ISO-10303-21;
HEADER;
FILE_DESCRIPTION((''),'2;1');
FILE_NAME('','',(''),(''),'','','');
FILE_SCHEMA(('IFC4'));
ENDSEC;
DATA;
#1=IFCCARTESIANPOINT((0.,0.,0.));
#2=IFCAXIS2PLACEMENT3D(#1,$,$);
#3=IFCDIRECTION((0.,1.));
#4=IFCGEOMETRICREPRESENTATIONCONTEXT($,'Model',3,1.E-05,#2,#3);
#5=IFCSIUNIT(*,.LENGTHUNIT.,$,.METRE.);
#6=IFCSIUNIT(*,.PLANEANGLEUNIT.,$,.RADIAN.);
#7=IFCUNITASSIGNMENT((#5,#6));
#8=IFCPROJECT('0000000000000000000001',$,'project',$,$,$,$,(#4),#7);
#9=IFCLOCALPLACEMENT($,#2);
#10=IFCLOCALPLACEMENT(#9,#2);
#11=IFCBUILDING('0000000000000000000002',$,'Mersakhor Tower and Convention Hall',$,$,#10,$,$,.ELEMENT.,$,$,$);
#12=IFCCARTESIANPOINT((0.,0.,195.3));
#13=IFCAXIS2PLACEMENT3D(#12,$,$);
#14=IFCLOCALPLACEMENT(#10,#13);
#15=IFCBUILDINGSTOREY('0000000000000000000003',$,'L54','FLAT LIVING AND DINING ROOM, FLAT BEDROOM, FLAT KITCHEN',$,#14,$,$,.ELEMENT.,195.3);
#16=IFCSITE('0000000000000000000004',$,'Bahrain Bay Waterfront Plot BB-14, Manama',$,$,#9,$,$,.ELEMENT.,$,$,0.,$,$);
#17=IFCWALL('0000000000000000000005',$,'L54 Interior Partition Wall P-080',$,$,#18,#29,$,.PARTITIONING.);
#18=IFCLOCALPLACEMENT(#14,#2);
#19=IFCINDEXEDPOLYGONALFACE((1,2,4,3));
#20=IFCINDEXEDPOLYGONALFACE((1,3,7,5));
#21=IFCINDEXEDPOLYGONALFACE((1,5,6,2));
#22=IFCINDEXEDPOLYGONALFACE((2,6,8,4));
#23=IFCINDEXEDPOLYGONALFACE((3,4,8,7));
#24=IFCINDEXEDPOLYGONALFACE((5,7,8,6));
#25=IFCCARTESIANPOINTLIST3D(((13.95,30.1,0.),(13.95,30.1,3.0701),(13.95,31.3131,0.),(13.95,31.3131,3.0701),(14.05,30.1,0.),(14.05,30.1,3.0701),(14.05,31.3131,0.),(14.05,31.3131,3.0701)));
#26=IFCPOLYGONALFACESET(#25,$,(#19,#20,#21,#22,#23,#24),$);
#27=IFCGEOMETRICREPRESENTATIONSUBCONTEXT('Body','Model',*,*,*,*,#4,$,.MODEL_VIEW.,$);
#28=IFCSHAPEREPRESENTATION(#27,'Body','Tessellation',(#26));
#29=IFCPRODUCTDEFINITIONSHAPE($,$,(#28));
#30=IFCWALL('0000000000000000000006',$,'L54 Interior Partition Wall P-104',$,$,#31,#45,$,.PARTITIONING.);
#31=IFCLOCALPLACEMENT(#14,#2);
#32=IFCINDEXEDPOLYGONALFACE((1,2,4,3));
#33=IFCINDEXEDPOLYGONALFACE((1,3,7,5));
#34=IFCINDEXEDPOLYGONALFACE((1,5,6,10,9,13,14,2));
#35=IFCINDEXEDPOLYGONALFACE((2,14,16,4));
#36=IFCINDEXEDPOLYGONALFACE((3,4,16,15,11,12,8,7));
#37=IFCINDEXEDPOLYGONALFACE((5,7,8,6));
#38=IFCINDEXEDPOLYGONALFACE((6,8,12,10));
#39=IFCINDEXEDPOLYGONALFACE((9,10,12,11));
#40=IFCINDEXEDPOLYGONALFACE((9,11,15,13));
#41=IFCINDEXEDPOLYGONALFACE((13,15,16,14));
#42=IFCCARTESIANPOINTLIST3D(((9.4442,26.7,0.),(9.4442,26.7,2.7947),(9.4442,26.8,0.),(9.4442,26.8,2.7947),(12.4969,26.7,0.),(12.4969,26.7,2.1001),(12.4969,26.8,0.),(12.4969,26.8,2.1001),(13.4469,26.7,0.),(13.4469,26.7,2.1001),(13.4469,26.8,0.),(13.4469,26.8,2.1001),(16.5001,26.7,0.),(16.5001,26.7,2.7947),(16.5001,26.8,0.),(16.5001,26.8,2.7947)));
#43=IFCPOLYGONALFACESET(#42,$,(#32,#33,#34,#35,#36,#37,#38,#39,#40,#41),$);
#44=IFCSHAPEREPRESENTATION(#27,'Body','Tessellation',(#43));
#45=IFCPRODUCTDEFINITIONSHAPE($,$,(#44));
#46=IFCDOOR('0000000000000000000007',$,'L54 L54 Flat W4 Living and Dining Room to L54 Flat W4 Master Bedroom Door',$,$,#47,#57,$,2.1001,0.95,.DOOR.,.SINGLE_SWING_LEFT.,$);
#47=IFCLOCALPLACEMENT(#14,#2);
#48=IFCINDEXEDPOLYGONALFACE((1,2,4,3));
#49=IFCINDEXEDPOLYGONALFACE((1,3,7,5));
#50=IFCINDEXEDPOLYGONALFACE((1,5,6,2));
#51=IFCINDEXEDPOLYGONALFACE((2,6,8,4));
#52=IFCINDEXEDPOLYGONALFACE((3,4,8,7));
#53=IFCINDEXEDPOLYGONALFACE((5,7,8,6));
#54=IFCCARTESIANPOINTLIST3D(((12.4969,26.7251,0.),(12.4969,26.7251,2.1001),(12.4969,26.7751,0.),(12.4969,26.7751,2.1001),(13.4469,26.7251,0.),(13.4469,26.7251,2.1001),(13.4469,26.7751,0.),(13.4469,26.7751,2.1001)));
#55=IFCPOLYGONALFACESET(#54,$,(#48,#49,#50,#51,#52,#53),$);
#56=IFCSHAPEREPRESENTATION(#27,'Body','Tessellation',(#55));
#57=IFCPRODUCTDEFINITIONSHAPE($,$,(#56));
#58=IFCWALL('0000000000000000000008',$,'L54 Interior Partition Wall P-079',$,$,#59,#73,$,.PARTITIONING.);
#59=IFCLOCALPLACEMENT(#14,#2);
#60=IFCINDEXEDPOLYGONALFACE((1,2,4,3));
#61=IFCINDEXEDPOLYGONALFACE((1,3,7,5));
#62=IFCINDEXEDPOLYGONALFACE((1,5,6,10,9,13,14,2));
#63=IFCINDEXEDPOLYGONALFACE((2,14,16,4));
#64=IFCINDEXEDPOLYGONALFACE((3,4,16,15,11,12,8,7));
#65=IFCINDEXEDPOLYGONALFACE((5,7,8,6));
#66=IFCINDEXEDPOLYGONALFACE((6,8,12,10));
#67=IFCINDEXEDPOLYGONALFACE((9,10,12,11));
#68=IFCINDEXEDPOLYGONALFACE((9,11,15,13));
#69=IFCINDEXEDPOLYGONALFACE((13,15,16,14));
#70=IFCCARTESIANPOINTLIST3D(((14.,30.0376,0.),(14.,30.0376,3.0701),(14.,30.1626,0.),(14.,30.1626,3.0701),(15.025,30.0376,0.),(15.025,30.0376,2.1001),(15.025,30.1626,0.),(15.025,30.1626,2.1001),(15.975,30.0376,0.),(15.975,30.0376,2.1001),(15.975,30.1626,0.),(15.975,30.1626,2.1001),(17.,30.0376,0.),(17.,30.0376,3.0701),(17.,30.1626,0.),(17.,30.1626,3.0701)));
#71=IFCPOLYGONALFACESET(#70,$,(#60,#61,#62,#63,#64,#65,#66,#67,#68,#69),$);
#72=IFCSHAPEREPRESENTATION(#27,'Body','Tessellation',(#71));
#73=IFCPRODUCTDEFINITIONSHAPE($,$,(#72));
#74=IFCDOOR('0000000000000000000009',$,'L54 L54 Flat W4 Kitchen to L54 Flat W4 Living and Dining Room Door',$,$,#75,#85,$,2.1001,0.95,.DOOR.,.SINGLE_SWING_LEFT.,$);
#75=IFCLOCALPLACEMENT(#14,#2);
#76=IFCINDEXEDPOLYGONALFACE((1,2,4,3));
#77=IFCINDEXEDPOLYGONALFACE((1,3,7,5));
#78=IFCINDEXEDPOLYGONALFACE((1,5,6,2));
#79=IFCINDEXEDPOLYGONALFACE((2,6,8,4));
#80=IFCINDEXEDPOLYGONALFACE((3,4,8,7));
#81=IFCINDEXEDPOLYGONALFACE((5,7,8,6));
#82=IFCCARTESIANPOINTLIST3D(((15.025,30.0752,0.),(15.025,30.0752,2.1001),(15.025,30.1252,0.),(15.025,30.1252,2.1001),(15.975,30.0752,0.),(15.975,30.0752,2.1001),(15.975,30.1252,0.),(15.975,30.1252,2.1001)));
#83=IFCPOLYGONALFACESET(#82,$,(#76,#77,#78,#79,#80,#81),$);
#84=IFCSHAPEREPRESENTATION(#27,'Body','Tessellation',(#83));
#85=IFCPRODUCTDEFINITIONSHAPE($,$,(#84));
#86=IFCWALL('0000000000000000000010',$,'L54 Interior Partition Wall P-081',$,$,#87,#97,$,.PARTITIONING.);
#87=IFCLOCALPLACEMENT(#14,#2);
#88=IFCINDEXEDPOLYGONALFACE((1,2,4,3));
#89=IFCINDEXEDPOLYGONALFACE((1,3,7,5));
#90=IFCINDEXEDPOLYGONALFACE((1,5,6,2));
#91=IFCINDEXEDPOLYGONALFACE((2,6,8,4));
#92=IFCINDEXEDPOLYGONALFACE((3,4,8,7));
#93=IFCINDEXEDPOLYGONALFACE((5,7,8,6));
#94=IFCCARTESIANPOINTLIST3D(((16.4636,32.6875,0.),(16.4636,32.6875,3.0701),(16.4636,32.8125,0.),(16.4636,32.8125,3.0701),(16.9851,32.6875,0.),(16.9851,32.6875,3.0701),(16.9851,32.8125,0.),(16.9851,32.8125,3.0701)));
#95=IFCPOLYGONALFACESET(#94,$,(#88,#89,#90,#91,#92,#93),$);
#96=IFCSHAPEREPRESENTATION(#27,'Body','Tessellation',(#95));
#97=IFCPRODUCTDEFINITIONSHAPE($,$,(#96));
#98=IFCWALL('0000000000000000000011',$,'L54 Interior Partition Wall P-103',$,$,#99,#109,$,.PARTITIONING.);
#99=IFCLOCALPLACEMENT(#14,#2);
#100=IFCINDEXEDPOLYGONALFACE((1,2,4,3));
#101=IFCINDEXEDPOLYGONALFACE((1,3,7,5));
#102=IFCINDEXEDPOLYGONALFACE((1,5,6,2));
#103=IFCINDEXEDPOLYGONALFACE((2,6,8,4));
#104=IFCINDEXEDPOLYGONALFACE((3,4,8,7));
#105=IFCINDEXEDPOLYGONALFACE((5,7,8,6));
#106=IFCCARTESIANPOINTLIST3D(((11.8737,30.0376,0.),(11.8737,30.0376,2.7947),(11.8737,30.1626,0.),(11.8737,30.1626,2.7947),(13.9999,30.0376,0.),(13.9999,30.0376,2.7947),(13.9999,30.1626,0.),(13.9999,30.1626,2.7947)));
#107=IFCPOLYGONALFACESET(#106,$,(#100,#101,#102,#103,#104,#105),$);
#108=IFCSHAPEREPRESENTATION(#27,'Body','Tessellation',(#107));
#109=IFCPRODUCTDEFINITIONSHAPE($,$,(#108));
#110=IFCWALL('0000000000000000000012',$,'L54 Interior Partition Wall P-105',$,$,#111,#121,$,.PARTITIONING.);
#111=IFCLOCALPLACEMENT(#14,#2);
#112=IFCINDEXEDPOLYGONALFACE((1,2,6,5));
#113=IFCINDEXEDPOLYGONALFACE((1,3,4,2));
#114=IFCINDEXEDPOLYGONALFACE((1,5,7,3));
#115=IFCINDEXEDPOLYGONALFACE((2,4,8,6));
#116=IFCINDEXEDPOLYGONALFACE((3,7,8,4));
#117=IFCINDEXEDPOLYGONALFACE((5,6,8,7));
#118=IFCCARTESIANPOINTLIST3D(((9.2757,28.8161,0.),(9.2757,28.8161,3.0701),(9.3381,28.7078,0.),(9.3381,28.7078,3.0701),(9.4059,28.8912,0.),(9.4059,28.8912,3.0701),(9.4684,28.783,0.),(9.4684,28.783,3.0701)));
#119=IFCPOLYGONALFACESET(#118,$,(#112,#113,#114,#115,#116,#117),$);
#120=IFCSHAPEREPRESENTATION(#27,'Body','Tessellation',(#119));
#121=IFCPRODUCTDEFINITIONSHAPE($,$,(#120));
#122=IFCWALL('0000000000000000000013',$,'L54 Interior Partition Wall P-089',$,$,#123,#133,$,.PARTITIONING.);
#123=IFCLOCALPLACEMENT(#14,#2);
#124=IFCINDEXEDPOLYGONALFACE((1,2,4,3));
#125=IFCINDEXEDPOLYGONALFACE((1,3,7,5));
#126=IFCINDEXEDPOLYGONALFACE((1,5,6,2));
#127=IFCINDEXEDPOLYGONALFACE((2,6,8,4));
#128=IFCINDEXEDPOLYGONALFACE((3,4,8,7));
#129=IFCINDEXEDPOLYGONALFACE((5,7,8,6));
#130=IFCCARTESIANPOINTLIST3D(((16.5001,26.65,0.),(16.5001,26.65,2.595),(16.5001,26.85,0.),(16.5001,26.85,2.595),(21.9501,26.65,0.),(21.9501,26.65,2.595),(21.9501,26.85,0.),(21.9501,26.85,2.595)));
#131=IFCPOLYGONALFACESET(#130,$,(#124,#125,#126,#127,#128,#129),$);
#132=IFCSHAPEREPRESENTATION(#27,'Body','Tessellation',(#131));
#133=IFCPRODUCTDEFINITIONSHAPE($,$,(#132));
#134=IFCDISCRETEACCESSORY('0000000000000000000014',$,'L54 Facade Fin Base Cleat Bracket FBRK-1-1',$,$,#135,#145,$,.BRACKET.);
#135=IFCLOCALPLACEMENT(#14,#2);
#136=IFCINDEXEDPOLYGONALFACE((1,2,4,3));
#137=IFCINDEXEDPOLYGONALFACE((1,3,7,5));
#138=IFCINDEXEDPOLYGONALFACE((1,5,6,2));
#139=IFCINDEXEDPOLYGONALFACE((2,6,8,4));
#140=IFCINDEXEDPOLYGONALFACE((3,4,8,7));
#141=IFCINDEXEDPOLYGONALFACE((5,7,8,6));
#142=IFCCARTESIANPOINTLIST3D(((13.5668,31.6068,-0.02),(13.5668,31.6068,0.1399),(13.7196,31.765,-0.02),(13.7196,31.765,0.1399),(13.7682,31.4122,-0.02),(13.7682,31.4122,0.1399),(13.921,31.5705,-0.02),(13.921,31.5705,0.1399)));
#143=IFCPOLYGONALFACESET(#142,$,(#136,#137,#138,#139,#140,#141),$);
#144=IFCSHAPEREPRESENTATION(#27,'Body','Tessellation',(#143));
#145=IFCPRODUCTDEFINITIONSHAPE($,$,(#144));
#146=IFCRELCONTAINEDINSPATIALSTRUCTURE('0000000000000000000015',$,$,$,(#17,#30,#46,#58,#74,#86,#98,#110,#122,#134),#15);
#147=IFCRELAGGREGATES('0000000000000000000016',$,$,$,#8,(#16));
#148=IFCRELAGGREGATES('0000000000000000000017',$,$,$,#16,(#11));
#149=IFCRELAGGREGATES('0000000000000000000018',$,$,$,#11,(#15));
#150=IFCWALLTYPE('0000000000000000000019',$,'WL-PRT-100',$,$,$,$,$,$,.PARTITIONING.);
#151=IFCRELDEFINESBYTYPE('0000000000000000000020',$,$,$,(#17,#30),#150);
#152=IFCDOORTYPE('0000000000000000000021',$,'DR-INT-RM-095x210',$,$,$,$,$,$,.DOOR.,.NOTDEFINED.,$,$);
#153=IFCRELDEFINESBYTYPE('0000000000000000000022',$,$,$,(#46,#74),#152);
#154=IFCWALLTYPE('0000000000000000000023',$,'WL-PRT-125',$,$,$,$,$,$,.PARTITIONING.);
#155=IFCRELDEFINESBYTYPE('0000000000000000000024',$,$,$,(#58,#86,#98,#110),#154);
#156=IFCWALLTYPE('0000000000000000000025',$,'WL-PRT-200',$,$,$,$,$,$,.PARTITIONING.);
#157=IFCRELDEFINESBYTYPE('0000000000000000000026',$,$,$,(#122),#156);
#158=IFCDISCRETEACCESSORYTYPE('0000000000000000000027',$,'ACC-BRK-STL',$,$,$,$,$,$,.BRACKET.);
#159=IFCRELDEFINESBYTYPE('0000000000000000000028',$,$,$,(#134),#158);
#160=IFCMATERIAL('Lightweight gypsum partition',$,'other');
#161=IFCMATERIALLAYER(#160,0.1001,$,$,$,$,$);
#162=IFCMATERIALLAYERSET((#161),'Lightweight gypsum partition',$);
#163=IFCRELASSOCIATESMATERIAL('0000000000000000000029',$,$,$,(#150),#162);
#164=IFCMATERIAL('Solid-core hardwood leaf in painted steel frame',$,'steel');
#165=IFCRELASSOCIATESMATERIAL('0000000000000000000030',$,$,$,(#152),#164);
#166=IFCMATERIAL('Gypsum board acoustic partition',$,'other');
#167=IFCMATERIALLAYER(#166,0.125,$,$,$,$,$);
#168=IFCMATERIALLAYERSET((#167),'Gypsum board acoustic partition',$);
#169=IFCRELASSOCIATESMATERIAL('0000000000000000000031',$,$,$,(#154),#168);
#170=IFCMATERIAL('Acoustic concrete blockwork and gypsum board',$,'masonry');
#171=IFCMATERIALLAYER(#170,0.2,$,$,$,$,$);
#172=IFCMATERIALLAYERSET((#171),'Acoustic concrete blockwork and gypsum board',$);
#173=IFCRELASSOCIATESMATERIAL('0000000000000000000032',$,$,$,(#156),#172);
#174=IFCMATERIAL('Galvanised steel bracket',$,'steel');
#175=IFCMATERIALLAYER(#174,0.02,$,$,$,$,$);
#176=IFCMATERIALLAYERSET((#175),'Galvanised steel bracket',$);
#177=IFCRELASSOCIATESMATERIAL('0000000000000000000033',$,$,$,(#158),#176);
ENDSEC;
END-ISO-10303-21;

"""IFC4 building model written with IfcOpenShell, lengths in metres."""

from ifc_helpers import new_model, si_unit, direction, frame, frame_2d, origin, origin_2d, place, context, subcontext, project, spatial, rectangle, extrude, material, layer, layer_set, type_object, element, fill, save


model = new_model("IFC4")

# Units and contexts
model_context = context("Model", 3, precision=1e-05, world=origin(), true_north=direction((0.0, 1.0)))
body_context = subcontext(model_context, "Body", "Model", "MODEL_VIEW")
ifc_project = project(units=[si_unit("LENGTHUNIT", "METRE"), si_unit("PLANEANGLEUNIT", "RADIAN")], contexts=[model_context])

# Site, building, storey
site_placement = place(None, origin())
site = spatial("IfcSite", under=ifc_project, at=site_placement, Name="Bahrain Bay Waterfront Plot BB-14, Manama", CompositionType="ELEMENT", RefElevation=0.0)
building_placement = place(site_placement, origin())
building = spatial("IfcBuilding", under=site, at=building_placement, Name="Mersakhor Tower and Convention Hall", CompositionType="ELEMENT")
storey_placement = place(building_placement, frame((0.0, 0.0, 195.3)))
storey = spatial("IfcBuildingStorey", under=building, at=storey_placement, Name="L54", Description="FLAT LIVING AND DINING ROOM, FLAT BEDROOM, FLAT KITCHEN", CompositionType="ELEMENT", Elevation=195.3)

# Wall
ifc_material_1 = material(Name="Lightweight gypsum partition", Category="other")
ifc_layer_1 = layer(ifc_material_1, 0.1001)
ifc_layer_set_1 = layer_set([ifc_layer_1], Name="Lightweight gypsum partition")
wall_type_1 = type_object("IfcWallType", Name="WL-PRT-100", PredefinedType="PARTITIONING", material=ifc_layer_set_1)
wall_1_placement = place(storey_placement, frame((14.0, 30.1001, 0.0), z_axis=(0.0, 0.0, 1.0), x_axis=(0.0, 1.0, 0.0)))
element("IfcWall", 1, at=wall_1_placement, inside=storey, type_object=wall_type_1, Name="L54 Interior Partition Wall P-080", PredefinedType="PARTITIONING", context=body_context, shape_type="SweptSolid", body=[
    extrude(rectangle(XDim=1.2131, YDim=0.1001, at=frame_2d((0.6064, 0.0))), origin(), (0.0, 0.0, 1.0), 3.0701),
])

# Walls, openings, doors
wall_2_placement = place(storey_placement, frame((16.5, 26.75, 0.0), z_axis=(0.0, 0.0, 1.0), x_axis=(-1.0, 0.0, 0.0)))
wall_2 = element("IfcWall", 2, at=wall_2_placement, inside=storey, type_object=wall_type_1, Name="L54 Interior Partition Wall P-104", PredefinedType="PARTITIONING", context=body_context, shape_type="SweptSolid", body=[
    extrude(rectangle(XDim=7.0559, YDim=0.1001, at=frame_2d((3.5278, 0.0))), origin(), (0.0, 0.0, 1.0), 2.7947),
])
opening_1_placement = place(wall_2_placement, frame((3.053, 0.0, 0.0)))
opening_1 = element("IfcOpeningElement", 3, at=opening_1_placement, cuts=wall_2, PredefinedType="OPENING", context=body_context, shape_type="SweptSolid", body=[
    extrude(rectangle(XDim=0.95, YDim=2.1001, at=frame_2d((0.4751, 1.05))), frame((0.0, 0.0601, 0.0), z_axis=(0.0, -1.0, 0.0), x_axis=(1.0, 0.0, 0.0)), (0.0, 0.0, 1.0), 0.1201),
])
ifc_material_2 = material(Name="Solid-core hardwood leaf in painted steel frame", Category="steel")
door_type = type_object("IfcDoorType", Name="DR-INT-RM-095x210", OperationType="NOTDEFINED", PredefinedType="DOOR", material=ifc_material_2)
door_1_placement = place(opening_1_placement, origin())
door_1 = element("IfcDoor", 4, at=door_1_placement, inside=storey, type_object=door_type, Name="L54 L54 Flat W4 Living and Dining Room to L54 Flat W4 Master Bedroom Door", OperationType="SINGLE_SWING_LEFT", OverallHeight=2.1001, OverallWidth=0.95, PredefinedType="DOOR", context=body_context, shape_type="SweptSolid", body=[
    extrude(rectangle(XDim=0.95, YDim=2.1001, at=frame_2d((0.4751, 1.05))), frame((0.0, 0.0249, 0.0), z_axis=(0.0, -1.0, 0.0), x_axis=(1.0, 0.0, 0.0)), (0.0, 0.0, 1.0), 0.05),
])
fill(opening_1, door_1)
ifc_material_3 = material(Name="Gypsum board acoustic partition", Category="other")
ifc_layer_2 = layer(ifc_material_3, 0.125)
ifc_layer_set_2 = layer_set([ifc_layer_2], Name="Gypsum board acoustic partition")
wall_type_2 = type_object("IfcWallType", Name="WL-PRT-125", PredefinedType="PARTITIONING", material=ifc_layer_set_2)
wall_3_placement = place(storey_placement, frame((17.0, 30.1001, 0.0), z_axis=(0.0, 0.0, 1.0), x_axis=(-1.0, 0.0, 0.0)))
wall_3 = element("IfcWall", 5, at=wall_3_placement, inside=storey, type_object=wall_type_2, Name="L54 Interior Partition Wall P-079", PredefinedType="PARTITIONING", context=body_context, shape_type="SweptSolid", body=[
    extrude(rectangle(XDim=3.0, YDim=0.125, at=frame_2d((1.5, 0.0))), origin(), (0.0, 0.0, 1.0), 3.0701),
])
opening_2_placement = place(wall_3_placement, frame((1.0249, 0.0, 0.0)))
opening_2 = element("IfcOpeningElement", 6, at=opening_2_placement, cuts=wall_3, PredefinedType="OPENING", context=body_context, shape_type="SweptSolid", body=[
    extrude(rectangle(XDim=0.95, YDim=2.1001, at=frame_2d((0.4751, 1.05))), frame((0.0, 0.0725, 0.0), z_axis=(0.0, -1.0, 0.0), x_axis=(1.0, 0.0, 0.0)), (0.0, 0.0, 1.0), 0.145),
])
door_2_placement = place(opening_2_placement, origin())
door_2 = element("IfcDoor", 7, at=door_2_placement, inside=storey, type_object=door_type, Name="L54 L54 Flat W4 Kitchen to L54 Flat W4 Living and Dining Room Door", OperationType="SINGLE_SWING_LEFT", OverallHeight=2.1001, OverallWidth=0.95, PredefinedType="DOOR", context=body_context, shape_type="SweptSolid", body=[
    extrude(rectangle(XDim=0.95, YDim=2.1001, at=frame_2d((0.4751, 1.05))), frame((0.0, 0.0249, 0.0), z_axis=(0.0, -1.0, 0.0), x_axis=(1.0, 0.0, 0.0)), (0.0, 0.0, 1.0), 0.05),
])
fill(opening_2, door_2)

# Walls
wall_4_placement = place(storey_placement, frame((16.4636, 32.75, 0.0), z_axis=(0.0, 0.0, 1.0), x_axis=(1.0, 0.0, 0.0)))
element("IfcWall", 8, at=wall_4_placement, inside=storey, type_object=wall_type_2, Name="L54 Interior Partition Wall P-081", PredefinedType="PARTITIONING", context=body_context, shape_type="SweptSolid", body=[
    extrude(rectangle(XDim=0.5215, YDim=0.125, at=frame_2d((0.2607, 0.0))), origin(), (0.0, 0.0, 1.0), 3.0701),
])
wall_5_placement = place(storey_placement, frame((11.8738, 30.1001, 0.0), z_axis=(0.0, 0.0, 1.0), x_axis=(1.0, 0.0, 0.0)))
element("IfcWall", 9, at=wall_5_placement, inside=storey, type_object=wall_type_2, Name="L54 Interior Partition Wall P-103", PredefinedType="PARTITIONING", context=body_context, shape_type="SweptSolid", body=[
    extrude(rectangle(XDim=2.1262, YDim=0.125, at=frame_2d((1.063, 0.0))), origin(), (0.0, 0.0, 1.0), 2.7947),
])
wall_6_placement = place(storey_placement, frame((9.3069, 28.762, 0.0), z_axis=(0.0, 0.0, 1.0), x_axis=(0.86624, 0.499629, 0.0)))
element("IfcWall", 10, at=wall_6_placement, inside=storey, type_object=wall_type_2, Name="L54 Interior Partition Wall P-105", PredefinedType="PARTITIONING", context=body_context, shape_type="SweptSolid", body=[
    extrude(rectangle(XDim=0.1504, YDim=0.125, at=frame_2d((0.0752, 0.0))), origin(), (0.0, 0.0, 1.0), 3.0701),
])
ifc_material_4 = material(Name="Acoustic concrete blockwork and gypsum board", Category="masonry")
ifc_layer_3 = layer(ifc_material_4, 0.2)
ifc_layer_set_3 = layer_set([ifc_layer_3], Name="Acoustic concrete blockwork and gypsum board")
wall_type_3 = type_object("IfcWallType", Name="WL-PRT-200", PredefinedType="PARTITIONING", material=ifc_layer_set_3)
wall_7_placement = place(storey_placement, frame((16.5, 26.75, 0.0), z_axis=(0.0, 0.0, 1.0), x_axis=(1.0, 0.0, 0.0)))
element("IfcWall", 11, at=wall_7_placement, inside=storey, type_object=wall_type_3, Name="L54 Interior Partition Wall P-089", PredefinedType="PARTITIONING", context=body_context, shape_type="SweptSolid", body=[
    extrude(rectangle(XDim=5.45, YDim=0.2, at=frame_2d((2.7251, 0.0))), origin(), (0.0, 0.0, 1.0), 2.595),
])

# Discrete accessory
ifc_material_5 = material(Name="Galvanised steel bracket", Category="steel")
ifc_layer_4 = layer(ifc_material_5, 0.02)
ifc_layer_set_4 = layer_set([ifc_layer_4], Name="Galvanised steel bracket")
discrete_accessory_type = type_object("IfcDiscreteAccessoryType", Name="ACC-BRK-STL", PredefinedType="BRACKET", material=ifc_layer_set_4)
discrete_accessory_placement = place(storey_placement, frame((13.7439, 31.5886, -0.02), z_axis=(0.0, 0.0, 1.0), x_axis=(-0.71934, 0.694658, 0.0)))
element("IfcDiscreteAccessory", 12, at=discrete_accessory_placement, inside=storey, type_object=discrete_accessory_type, Name="L54 Facade Fin Base Cleat Bracket FBRK-1-1", PredefinedType="BRACKET", context=body_context, shape_type="SweptSolid", body=[
    extrude(rectangle(XDim=0.28, YDim=0.22, at=origin_2d()), origin(), (0.0, 0.0, 1.0), 0.1599),
])

save(model, "model.ifc")
